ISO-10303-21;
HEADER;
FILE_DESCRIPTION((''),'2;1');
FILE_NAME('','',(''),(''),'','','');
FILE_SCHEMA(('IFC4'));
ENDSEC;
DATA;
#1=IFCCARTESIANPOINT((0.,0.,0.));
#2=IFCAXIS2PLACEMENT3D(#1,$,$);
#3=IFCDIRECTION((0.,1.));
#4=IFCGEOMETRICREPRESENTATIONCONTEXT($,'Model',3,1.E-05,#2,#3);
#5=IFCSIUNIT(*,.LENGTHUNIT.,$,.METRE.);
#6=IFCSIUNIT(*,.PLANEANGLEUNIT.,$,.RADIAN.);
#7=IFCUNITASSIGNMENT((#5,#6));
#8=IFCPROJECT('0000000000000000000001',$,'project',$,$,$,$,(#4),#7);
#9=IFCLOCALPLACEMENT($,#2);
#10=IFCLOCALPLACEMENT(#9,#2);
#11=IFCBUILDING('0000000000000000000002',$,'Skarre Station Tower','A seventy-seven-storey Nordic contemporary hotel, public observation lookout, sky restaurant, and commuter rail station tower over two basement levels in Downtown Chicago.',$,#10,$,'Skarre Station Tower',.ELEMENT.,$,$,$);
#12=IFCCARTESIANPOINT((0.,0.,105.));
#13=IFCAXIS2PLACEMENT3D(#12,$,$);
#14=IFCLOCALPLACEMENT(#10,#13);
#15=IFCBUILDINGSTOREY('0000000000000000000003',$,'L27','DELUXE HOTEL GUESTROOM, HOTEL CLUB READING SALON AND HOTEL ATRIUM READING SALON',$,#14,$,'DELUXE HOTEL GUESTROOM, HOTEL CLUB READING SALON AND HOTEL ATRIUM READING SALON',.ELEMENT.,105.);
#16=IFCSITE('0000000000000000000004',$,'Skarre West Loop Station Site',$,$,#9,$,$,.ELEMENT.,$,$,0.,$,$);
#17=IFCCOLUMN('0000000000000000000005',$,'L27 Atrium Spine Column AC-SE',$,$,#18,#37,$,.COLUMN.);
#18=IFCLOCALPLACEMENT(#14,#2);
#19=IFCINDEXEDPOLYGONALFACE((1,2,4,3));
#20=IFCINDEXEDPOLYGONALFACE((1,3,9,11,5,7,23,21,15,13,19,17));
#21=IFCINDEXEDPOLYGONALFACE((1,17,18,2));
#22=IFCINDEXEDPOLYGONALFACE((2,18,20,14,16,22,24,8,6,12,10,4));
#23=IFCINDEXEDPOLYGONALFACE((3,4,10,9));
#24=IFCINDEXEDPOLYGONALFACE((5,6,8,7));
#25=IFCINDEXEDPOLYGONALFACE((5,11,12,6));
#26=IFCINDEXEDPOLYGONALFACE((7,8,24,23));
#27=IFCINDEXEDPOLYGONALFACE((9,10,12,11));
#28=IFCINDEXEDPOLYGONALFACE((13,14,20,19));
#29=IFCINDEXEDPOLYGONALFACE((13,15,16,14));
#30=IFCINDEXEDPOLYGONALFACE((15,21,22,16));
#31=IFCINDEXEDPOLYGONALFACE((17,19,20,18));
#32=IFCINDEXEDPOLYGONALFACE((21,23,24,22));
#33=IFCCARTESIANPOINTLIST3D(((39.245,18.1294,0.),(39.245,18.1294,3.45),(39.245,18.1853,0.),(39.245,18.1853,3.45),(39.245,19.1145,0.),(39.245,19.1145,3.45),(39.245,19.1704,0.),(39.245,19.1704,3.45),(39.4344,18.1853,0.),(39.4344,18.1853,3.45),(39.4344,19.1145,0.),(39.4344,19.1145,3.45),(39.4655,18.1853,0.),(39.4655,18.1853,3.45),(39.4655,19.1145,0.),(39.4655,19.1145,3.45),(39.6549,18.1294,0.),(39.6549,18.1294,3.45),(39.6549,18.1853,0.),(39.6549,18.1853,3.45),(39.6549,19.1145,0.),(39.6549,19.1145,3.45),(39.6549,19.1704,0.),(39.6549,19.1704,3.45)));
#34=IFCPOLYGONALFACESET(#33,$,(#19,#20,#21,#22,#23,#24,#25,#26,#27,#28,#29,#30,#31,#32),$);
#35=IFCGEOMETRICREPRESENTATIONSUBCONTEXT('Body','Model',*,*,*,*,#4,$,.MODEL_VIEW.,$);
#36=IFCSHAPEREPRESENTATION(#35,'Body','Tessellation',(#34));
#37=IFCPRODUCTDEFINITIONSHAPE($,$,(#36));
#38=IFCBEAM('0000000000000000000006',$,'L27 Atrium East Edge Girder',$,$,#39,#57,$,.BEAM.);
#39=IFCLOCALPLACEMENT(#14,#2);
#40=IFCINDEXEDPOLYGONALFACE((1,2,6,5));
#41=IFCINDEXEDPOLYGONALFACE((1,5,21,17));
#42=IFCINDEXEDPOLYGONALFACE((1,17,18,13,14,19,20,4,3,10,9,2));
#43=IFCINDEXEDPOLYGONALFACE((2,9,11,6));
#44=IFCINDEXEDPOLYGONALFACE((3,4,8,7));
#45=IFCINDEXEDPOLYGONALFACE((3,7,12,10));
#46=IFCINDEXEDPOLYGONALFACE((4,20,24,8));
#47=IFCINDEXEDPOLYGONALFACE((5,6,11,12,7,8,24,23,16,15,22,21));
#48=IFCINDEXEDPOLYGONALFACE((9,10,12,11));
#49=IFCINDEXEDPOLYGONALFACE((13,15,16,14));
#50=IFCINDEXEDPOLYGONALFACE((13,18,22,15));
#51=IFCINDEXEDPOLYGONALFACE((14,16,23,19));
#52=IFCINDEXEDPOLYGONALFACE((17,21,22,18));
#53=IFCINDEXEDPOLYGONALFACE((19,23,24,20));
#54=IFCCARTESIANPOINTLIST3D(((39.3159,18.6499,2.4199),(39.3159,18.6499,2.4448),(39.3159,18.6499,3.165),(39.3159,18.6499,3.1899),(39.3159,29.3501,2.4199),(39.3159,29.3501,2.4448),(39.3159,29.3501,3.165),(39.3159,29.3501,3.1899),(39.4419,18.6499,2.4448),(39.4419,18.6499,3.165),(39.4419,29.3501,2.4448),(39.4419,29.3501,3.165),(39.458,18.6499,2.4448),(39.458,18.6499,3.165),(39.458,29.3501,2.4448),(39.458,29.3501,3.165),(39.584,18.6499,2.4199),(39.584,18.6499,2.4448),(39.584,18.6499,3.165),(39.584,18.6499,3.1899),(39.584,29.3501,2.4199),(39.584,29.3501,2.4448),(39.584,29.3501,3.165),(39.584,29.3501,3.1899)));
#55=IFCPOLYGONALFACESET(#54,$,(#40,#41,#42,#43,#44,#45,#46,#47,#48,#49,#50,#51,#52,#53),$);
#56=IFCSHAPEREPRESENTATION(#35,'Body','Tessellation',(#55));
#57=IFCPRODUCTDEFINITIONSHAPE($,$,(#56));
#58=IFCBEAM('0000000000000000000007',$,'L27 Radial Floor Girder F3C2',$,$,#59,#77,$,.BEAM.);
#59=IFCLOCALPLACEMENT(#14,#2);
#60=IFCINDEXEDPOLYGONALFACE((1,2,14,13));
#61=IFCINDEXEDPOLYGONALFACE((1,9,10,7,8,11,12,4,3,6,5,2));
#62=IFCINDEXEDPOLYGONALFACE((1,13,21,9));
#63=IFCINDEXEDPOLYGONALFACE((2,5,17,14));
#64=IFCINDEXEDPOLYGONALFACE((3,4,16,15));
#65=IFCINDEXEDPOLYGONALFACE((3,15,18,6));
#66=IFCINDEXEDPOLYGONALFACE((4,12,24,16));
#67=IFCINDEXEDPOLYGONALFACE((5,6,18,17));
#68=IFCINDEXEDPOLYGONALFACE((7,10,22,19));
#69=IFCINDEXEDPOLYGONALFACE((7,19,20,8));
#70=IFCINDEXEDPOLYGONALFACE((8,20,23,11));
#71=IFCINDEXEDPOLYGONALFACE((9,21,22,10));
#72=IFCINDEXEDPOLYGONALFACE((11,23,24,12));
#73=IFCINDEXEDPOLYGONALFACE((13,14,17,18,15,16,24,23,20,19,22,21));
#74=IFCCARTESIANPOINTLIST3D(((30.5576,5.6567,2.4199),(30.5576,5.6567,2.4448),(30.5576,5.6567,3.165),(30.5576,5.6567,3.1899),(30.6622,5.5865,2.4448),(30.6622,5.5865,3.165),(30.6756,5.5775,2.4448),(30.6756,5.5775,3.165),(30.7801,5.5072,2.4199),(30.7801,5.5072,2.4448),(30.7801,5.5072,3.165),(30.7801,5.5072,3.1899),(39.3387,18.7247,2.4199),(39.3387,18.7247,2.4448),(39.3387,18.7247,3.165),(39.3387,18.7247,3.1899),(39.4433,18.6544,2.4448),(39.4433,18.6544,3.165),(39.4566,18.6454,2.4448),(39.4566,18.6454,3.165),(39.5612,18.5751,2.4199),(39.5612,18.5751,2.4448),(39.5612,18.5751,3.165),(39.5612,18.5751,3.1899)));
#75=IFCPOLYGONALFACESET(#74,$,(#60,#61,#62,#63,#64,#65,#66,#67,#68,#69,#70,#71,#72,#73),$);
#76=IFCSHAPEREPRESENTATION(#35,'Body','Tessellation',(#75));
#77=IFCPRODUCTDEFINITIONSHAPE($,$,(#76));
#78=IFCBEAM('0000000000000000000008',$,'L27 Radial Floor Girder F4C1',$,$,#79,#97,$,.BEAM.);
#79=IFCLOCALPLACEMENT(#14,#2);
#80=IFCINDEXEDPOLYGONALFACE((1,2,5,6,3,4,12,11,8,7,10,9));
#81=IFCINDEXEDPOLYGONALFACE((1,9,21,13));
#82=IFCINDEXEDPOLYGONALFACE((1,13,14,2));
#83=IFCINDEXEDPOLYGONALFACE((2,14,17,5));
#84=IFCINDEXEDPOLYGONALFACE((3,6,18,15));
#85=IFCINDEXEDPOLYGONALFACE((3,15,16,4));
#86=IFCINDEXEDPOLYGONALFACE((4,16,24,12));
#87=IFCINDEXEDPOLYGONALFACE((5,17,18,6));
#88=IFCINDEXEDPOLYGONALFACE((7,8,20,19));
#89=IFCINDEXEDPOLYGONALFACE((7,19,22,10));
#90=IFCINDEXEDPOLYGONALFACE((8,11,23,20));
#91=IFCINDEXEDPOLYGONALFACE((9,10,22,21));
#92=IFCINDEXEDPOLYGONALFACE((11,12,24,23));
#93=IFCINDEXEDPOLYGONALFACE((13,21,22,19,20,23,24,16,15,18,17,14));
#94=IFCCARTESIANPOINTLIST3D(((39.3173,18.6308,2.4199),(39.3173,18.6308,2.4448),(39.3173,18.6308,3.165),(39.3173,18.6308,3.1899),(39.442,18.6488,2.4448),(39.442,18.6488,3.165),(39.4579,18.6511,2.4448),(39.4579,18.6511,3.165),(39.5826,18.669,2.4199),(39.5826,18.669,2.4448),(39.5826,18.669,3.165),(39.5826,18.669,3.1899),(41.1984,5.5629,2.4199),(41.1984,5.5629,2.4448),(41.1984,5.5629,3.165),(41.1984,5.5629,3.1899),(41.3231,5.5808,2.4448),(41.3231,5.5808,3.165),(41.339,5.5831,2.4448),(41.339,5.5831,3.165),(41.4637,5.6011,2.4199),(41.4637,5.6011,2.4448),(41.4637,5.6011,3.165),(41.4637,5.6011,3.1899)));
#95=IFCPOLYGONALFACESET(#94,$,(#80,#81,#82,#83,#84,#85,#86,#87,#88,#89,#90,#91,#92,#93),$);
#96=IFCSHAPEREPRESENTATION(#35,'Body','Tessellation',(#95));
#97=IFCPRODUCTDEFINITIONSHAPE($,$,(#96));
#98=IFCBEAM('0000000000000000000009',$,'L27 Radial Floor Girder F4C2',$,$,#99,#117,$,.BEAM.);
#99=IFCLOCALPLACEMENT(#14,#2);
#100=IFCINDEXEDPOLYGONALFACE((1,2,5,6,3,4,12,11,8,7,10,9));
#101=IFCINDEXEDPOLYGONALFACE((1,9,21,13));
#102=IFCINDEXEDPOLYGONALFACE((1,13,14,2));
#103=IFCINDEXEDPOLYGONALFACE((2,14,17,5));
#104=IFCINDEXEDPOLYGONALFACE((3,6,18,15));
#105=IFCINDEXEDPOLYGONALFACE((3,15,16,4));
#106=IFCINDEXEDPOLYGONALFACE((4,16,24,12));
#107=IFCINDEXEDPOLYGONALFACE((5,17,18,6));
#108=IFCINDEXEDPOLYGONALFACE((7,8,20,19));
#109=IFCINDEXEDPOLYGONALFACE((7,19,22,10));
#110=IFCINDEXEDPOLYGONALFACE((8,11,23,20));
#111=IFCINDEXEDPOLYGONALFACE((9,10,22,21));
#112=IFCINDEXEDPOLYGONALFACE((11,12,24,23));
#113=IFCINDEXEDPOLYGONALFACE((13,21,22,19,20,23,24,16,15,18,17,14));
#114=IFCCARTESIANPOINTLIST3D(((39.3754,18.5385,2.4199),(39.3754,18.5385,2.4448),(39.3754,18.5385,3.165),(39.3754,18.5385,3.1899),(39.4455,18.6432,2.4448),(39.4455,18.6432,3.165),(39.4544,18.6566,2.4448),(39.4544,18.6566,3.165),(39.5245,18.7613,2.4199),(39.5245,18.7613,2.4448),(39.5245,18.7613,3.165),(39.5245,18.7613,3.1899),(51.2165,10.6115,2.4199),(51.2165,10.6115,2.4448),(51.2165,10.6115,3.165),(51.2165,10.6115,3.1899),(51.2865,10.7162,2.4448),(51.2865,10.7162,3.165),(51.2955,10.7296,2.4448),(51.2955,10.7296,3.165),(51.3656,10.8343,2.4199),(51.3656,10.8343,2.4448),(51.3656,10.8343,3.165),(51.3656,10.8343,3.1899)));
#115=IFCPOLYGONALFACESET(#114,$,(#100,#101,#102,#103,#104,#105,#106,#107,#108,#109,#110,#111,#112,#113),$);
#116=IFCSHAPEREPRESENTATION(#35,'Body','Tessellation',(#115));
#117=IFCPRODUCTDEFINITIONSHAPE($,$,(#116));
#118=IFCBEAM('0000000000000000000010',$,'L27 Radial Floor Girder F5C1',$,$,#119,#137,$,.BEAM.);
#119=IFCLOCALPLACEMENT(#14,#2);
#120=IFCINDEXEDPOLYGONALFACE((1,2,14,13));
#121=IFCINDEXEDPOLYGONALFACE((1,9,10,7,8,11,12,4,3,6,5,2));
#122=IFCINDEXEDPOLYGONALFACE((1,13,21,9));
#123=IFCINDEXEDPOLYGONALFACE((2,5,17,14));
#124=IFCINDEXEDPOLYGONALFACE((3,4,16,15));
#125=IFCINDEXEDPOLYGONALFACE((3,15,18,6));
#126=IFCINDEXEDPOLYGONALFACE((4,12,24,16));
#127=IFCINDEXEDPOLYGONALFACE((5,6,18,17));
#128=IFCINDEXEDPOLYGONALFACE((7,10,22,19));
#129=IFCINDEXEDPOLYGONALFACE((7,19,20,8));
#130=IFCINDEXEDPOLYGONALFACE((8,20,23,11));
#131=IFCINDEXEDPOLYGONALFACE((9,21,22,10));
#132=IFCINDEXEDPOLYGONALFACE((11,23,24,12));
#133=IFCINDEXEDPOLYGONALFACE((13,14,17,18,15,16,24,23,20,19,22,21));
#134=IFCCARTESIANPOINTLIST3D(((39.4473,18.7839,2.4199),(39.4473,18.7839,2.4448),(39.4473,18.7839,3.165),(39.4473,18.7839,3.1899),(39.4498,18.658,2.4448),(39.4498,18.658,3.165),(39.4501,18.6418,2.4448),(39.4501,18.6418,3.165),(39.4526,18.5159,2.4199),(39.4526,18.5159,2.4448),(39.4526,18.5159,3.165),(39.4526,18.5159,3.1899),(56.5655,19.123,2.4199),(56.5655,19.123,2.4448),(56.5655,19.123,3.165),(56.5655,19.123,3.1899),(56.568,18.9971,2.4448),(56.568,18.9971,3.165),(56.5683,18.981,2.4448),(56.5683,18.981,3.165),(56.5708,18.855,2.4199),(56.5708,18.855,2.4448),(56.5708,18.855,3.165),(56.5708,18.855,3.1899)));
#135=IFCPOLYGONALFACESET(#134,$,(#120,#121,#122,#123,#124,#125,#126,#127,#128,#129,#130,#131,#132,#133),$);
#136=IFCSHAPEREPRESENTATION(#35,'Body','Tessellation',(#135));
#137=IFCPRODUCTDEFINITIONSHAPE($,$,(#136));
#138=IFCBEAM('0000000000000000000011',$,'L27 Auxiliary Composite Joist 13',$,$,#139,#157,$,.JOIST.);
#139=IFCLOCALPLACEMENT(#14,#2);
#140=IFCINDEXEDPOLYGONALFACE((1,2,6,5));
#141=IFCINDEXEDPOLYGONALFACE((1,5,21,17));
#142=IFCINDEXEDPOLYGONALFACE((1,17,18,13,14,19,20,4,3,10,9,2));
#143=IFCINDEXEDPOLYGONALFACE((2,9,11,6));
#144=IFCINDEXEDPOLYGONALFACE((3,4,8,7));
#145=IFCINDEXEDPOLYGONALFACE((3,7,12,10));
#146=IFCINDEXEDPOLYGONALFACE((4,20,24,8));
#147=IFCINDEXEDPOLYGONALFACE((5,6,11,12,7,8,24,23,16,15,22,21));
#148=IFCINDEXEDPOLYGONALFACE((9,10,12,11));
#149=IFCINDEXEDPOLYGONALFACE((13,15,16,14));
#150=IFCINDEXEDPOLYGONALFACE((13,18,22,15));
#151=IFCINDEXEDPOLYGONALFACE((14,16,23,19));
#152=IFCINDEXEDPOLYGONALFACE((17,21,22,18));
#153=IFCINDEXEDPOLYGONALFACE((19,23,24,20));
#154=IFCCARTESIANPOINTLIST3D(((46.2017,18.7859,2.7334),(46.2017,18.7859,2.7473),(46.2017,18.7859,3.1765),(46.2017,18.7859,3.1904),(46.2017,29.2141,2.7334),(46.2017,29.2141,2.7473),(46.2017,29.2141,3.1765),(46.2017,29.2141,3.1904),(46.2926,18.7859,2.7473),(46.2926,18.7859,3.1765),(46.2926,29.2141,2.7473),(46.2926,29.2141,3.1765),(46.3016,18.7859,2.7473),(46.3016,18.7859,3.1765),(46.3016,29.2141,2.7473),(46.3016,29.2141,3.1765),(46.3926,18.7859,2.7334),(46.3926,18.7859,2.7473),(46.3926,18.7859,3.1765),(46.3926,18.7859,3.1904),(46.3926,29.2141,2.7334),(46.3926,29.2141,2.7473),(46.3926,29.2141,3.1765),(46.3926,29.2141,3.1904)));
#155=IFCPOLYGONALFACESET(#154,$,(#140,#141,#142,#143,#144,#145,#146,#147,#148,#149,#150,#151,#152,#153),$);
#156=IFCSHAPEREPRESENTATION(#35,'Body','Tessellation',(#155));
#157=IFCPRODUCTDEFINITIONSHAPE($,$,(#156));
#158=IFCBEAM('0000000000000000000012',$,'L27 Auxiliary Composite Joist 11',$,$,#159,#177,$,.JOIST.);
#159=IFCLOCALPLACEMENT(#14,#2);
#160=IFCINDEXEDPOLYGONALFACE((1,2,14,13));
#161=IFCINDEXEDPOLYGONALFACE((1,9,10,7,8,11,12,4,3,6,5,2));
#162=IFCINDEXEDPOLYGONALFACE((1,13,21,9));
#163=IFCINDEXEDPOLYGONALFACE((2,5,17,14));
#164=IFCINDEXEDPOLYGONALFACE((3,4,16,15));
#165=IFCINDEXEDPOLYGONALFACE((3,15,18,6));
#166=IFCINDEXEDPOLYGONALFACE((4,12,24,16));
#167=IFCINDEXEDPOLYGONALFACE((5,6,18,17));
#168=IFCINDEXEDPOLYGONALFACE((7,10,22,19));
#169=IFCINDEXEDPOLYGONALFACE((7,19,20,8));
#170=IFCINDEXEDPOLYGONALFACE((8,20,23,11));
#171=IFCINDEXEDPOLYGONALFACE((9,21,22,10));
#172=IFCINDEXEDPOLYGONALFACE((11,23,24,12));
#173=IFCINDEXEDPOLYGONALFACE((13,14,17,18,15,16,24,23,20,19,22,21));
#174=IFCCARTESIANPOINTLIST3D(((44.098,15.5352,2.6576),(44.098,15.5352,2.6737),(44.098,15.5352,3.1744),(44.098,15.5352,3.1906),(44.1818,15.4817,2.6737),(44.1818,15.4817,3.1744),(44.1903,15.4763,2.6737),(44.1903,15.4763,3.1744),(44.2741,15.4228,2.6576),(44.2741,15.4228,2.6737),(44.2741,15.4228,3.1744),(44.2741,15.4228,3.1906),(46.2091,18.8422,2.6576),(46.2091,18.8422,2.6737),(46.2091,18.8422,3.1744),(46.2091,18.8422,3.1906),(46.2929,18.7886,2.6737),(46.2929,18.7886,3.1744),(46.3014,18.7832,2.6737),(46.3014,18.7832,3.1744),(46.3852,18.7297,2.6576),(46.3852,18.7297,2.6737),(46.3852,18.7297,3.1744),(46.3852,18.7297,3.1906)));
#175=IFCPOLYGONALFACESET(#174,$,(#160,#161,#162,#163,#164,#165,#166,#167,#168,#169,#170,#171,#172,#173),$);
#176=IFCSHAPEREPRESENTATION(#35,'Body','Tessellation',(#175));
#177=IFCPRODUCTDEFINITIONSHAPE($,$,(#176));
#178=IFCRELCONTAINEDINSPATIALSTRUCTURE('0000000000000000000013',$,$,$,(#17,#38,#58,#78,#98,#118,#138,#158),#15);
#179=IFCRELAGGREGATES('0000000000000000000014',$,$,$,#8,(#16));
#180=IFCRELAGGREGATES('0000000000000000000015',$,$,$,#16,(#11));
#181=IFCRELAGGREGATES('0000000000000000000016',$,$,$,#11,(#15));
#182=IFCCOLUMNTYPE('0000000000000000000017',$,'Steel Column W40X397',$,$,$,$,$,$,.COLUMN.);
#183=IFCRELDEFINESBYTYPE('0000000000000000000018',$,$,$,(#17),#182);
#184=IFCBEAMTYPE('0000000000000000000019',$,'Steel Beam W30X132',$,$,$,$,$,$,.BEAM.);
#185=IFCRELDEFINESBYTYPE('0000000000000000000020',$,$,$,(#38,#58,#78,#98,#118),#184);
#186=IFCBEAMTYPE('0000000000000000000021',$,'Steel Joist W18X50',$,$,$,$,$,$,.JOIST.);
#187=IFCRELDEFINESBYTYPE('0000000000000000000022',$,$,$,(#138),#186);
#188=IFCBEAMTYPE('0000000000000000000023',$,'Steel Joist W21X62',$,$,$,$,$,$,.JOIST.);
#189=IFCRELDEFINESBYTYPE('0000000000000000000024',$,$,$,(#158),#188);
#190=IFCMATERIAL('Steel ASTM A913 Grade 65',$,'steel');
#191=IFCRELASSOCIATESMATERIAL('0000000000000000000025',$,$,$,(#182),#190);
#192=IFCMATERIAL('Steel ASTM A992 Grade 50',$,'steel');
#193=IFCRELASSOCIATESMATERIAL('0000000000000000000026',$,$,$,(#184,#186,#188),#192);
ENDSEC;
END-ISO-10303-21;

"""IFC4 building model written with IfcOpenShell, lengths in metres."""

from ifc_helpers import new_model, si_unit, direction, frame, origin, origin_2d, place, context, subcontext, project, spatial, i_section, extrude, material, material_profile, profile_set, type_object, element, save


model = new_model("IFC4")

# Units and contexts
model_context = context("Model", 3, precision=1e-05, world=origin(), true_north=direction((0.0, 1.0)))
body_context = subcontext(model_context, "Body", "Model", "MODEL_VIEW")
ifc_project = project(units=[si_unit("LENGTHUNIT", "METRE"), si_unit("PLANEANGLEUNIT", "RADIAN")], contexts=[model_context])

# Site, building, storey
site_placement = place(None, origin())
site = spatial("IfcSite", under=ifc_project, at=site_placement, Name="Skarre West Loop Station Site", CompositionType="ELEMENT", RefElevation=0.0)
building_placement = place(site_placement, origin())
building = spatial("IfcBuilding", under=site, at=building_placement, Name="Skarre Station Tower", Description="A seventy-seven-storey Nordic contemporary hotel, public observation lookout, sky restaurant, and commuter rail station tower over two basement levels in Downtown Chicago.", LongName="Skarre Station Tower", CompositionType="ELEMENT")
storey_placement = place(building_placement, frame((0.0, 0.0, 105.0)))
storey = spatial("IfcBuildingStorey", under=building, at=storey_placement, Name="L27", Description="DELUXE HOTEL GUESTROOM, HOTEL CLUB READING SALON AND HOTEL ATRIUM READING SALON", LongName="DELUXE HOTEL GUESTROOM, HOTEL CLUB READING SALON AND HOTEL ATRIUM READING SALON", CompositionType="ELEMENT", Elevation=105.0)

# Column
ifc_material_1 = material(Name="Steel ASTM A913 Grade 65", Category="steel")
ifc_material_profile_1 = material_profile(ifc_material_1, i_section(OverallWidth=0.4099, OverallDepth=1.041, WebThickness=0.031, FlangeThickness=0.0559, at=origin_2d()), Name="Steel ASTM A913 Grade 65")
ifc_profile_set_1 = profile_set([ifc_material_profile_1], Name="Steel ASTM A913 Grade 65")
column_type = type_object("IfcColumnType", Name="Steel Column W40X397", PredefinedType="COLUMN", material=ifc_profile_set_1)
column_placement = place(storey_placement, frame((39.45, 18.6499, 0.0), z_axis=(0.0, 0.0, 1.0), x_axis=(1.0, 0.0, 0.0)))
element("IfcColumn", 1, at=column_placement, inside=storey, type_object=column_type, Name="L27 Atrium Spine Column AC-SE", PredefinedType="COLUMN", context=body_context, shape_type="SweptSolid", body=[
    extrude(i_section(OverallWidth=0.4099, OverallDepth=1.041, WebThickness=0.031, FlangeThickness=0.0559, at=origin_2d()), origin(), (0.0, 0.0, 1.0), 3.45),
])

# Beams
ifc_material_2 = material(Name="Steel ASTM A992 Grade 50", Category="steel")
ifc_material_profile_2 = material_profile(ifc_material_2, i_section(OverallWidth=0.2681, OverallDepth=0.77, WebThickness=0.0161, FlangeThickness=0.0249, at=origin_2d()), Name="Steel ASTM A992 Grade 50")
ifc_profile_set_2 = profile_set([ifc_material_profile_2], Name="Steel ASTM A992 Grade 50")
beam_type_1 = type_object("IfcBeamType", Name="Steel Beam W30X132", PredefinedType="BEAM", material=ifc_profile_set_2)
beam_1_placement = place(storey_placement, frame((39.45, 18.6499, 2.8049), z_axis=(0.0, 1.0, 0.0), x_axis=(-1.0, 0.0, 0.0)))
element("IfcBeam", 2, at=beam_1_placement, inside=storey, type_object=beam_type_1, Name="L27 Atrium East Edge Girder", PredefinedType="BEAM", context=body_context, shape_type="SweptSolid", body=[
    extrude(i_section(OverallWidth=0.2681, OverallDepth=0.77, WebThickness=0.0161, FlangeThickness=0.0249, at=origin_2d()), origin(), (0.0, 0.0, 1.0), 10.7002),
])
beam_2_placement = place(storey_placement, frame((39.45, 18.6499, 2.8049), z_axis=(-0.557735, -0.830019, 0.0), x_axis=(0.830019, -0.557735, 0.0)))
element("IfcBeam", 3, at=beam_2_placement, inside=storey, type_object=beam_type_1, Name="L27 Radial Floor Girder F3C2", PredefinedType="BEAM", context=body_context, shape_type="SweptSolid", body=[
    extrude(i_section(OverallWidth=0.2681, OverallDepth=0.77, WebThickness=0.0161, FlangeThickness=0.0249, at=origin_2d()), origin(), (0.0, 0.0, 1.0), 15.7441),
])
beam_3_placement = place(storey_placement, frame((39.45, 18.6499, 2.8049), z_axis=(0.14248, -0.989798, 0.0), x_axis=(0.989798, 0.14248, 0.0)))
element("IfcBeam", 4, at=beam_3_placement, inside=storey, type_object=beam_type_1, Name="L27 Radial Floor Girder F4C1", PredefinedType="BEAM", context=body_context, shape_type="SweptSolid", body=[
    extrude(i_section(OverallWidth=0.2681, OverallDepth=0.77, WebThickness=0.0161, FlangeThickness=0.0249, at=origin_2d()), origin(), (0.0, 0.0, 1.0), 13.2026),
])
beam_4_placement = place(storey_placement, frame((39.45, 18.6499, 2.8049), z_axis=(0.830981, -0.5563, 0.0), x_axis=(0.5563, 0.830981, 0.0)))
element("IfcBeam", 5, at=beam_4_placement, inside=storey, type_object=beam_type_1, Name="L27 Radial Floor Girder F4C2", PredefinedType="BEAM", context=body_context, shape_type="SweptSolid", body=[
    extrude(i_section(OverallWidth=0.2681, OverallDepth=0.77, WebThickness=0.0161, FlangeThickness=0.0249, at=origin_2d()), origin(), (0.0, 0.0, 1.0), 14.2495),
])
beam_5_placement = place(storey_placement, frame((39.45, 18.6499, 2.8049), z_axis=(0.999804, 0.019806, 0.0), x_axis=(-0.019806, 0.999804, 0.0)))
element("IfcBeam", 6, at=beam_5_placement, inside=storey, type_object=beam_type_1, Name="L27 Radial Floor Girder F5C1", PredefinedType="BEAM", context=body_context, shape_type="SweptSolid", body=[
    extrude(i_section(OverallWidth=0.2681, OverallDepth=0.77, WebThickness=0.0161, FlangeThickness=0.0249, at=origin_2d()), origin(), (0.0, 0.0, 1.0), 17.1216),
])
ifc_material_profile_3 = material_profile(ifc_material_2, i_section(OverallWidth=0.1909, OverallDepth=0.457, WebThickness=0.009, FlangeThickness=0.0139, at=origin_2d()), Name="Steel ASTM A992 Grade 50")
ifc_profile_set_3 = profile_set([ifc_material_profile_3], Name="Steel ASTM A992 Grade 50")
beam_type_2 = type_object("IfcBeamType", Name="Steel Joist W18X50", PredefinedType="JOIST", material=ifc_profile_set_3)
beam_6_placement = place(storey_placement, frame((46.2971, 18.7859, 2.9619), z_axis=(0.0, 1.0, 0.0), x_axis=(-1.0, 0.0, 0.0)))
element("IfcBeam", 7, at=beam_6_placement, inside=storey, type_object=beam_type_2, Name="L27 Auxiliary Composite Joist 13", PredefinedType="JOIST", context=body_context, shape_type="SweptSolid", body=[
    extrude(i_section(OverallWidth=0.1909, OverallDepth=0.457, WebThickness=0.009, FlangeThickness=0.0139, at=origin_2d()), origin(), (0.0, 0.0, 1.0), 10.4282),
])
ifc_material_profile_4 = material_profile(ifc_material_2, i_section(OverallWidth=0.209, OverallDepth=0.533, WebThickness=0.01, FlangeThickness=0.0161, at=origin_2d()), Name="Steel ASTM A992 Grade 50")
ifc_profile_set_4 = profile_set([ifc_material_profile_4], Name="Steel ASTM A992 Grade 50")
beam_type_3 = type_object("IfcBeamType", Name="Steel Joist W21X62", PredefinedType="JOIST", material=ifc_profile_set_4)
beam_7_placement = place(storey_placement, frame((44.186, 15.479, 2.9241), z_axis=(0.538091, 0.842887, 0.0), x_axis=(-0.842887, 0.538091, 0.0)))
element("IfcBeam", 8, at=beam_7_placement, inside=storey, type_object=beam_type_3, Name="L27 Auxiliary Composite Joist 11", PredefinedType="JOIST", context=body_context, shape_type="SweptSolid", body=[
    extrude(i_section(OverallWidth=0.209, OverallDepth=0.533, WebThickness=0.01, FlangeThickness=0.0161, at=origin_2d()), origin(), (0.0, 0.0, 1.0), 3.9233),
])

save(model, "model.ifc")
